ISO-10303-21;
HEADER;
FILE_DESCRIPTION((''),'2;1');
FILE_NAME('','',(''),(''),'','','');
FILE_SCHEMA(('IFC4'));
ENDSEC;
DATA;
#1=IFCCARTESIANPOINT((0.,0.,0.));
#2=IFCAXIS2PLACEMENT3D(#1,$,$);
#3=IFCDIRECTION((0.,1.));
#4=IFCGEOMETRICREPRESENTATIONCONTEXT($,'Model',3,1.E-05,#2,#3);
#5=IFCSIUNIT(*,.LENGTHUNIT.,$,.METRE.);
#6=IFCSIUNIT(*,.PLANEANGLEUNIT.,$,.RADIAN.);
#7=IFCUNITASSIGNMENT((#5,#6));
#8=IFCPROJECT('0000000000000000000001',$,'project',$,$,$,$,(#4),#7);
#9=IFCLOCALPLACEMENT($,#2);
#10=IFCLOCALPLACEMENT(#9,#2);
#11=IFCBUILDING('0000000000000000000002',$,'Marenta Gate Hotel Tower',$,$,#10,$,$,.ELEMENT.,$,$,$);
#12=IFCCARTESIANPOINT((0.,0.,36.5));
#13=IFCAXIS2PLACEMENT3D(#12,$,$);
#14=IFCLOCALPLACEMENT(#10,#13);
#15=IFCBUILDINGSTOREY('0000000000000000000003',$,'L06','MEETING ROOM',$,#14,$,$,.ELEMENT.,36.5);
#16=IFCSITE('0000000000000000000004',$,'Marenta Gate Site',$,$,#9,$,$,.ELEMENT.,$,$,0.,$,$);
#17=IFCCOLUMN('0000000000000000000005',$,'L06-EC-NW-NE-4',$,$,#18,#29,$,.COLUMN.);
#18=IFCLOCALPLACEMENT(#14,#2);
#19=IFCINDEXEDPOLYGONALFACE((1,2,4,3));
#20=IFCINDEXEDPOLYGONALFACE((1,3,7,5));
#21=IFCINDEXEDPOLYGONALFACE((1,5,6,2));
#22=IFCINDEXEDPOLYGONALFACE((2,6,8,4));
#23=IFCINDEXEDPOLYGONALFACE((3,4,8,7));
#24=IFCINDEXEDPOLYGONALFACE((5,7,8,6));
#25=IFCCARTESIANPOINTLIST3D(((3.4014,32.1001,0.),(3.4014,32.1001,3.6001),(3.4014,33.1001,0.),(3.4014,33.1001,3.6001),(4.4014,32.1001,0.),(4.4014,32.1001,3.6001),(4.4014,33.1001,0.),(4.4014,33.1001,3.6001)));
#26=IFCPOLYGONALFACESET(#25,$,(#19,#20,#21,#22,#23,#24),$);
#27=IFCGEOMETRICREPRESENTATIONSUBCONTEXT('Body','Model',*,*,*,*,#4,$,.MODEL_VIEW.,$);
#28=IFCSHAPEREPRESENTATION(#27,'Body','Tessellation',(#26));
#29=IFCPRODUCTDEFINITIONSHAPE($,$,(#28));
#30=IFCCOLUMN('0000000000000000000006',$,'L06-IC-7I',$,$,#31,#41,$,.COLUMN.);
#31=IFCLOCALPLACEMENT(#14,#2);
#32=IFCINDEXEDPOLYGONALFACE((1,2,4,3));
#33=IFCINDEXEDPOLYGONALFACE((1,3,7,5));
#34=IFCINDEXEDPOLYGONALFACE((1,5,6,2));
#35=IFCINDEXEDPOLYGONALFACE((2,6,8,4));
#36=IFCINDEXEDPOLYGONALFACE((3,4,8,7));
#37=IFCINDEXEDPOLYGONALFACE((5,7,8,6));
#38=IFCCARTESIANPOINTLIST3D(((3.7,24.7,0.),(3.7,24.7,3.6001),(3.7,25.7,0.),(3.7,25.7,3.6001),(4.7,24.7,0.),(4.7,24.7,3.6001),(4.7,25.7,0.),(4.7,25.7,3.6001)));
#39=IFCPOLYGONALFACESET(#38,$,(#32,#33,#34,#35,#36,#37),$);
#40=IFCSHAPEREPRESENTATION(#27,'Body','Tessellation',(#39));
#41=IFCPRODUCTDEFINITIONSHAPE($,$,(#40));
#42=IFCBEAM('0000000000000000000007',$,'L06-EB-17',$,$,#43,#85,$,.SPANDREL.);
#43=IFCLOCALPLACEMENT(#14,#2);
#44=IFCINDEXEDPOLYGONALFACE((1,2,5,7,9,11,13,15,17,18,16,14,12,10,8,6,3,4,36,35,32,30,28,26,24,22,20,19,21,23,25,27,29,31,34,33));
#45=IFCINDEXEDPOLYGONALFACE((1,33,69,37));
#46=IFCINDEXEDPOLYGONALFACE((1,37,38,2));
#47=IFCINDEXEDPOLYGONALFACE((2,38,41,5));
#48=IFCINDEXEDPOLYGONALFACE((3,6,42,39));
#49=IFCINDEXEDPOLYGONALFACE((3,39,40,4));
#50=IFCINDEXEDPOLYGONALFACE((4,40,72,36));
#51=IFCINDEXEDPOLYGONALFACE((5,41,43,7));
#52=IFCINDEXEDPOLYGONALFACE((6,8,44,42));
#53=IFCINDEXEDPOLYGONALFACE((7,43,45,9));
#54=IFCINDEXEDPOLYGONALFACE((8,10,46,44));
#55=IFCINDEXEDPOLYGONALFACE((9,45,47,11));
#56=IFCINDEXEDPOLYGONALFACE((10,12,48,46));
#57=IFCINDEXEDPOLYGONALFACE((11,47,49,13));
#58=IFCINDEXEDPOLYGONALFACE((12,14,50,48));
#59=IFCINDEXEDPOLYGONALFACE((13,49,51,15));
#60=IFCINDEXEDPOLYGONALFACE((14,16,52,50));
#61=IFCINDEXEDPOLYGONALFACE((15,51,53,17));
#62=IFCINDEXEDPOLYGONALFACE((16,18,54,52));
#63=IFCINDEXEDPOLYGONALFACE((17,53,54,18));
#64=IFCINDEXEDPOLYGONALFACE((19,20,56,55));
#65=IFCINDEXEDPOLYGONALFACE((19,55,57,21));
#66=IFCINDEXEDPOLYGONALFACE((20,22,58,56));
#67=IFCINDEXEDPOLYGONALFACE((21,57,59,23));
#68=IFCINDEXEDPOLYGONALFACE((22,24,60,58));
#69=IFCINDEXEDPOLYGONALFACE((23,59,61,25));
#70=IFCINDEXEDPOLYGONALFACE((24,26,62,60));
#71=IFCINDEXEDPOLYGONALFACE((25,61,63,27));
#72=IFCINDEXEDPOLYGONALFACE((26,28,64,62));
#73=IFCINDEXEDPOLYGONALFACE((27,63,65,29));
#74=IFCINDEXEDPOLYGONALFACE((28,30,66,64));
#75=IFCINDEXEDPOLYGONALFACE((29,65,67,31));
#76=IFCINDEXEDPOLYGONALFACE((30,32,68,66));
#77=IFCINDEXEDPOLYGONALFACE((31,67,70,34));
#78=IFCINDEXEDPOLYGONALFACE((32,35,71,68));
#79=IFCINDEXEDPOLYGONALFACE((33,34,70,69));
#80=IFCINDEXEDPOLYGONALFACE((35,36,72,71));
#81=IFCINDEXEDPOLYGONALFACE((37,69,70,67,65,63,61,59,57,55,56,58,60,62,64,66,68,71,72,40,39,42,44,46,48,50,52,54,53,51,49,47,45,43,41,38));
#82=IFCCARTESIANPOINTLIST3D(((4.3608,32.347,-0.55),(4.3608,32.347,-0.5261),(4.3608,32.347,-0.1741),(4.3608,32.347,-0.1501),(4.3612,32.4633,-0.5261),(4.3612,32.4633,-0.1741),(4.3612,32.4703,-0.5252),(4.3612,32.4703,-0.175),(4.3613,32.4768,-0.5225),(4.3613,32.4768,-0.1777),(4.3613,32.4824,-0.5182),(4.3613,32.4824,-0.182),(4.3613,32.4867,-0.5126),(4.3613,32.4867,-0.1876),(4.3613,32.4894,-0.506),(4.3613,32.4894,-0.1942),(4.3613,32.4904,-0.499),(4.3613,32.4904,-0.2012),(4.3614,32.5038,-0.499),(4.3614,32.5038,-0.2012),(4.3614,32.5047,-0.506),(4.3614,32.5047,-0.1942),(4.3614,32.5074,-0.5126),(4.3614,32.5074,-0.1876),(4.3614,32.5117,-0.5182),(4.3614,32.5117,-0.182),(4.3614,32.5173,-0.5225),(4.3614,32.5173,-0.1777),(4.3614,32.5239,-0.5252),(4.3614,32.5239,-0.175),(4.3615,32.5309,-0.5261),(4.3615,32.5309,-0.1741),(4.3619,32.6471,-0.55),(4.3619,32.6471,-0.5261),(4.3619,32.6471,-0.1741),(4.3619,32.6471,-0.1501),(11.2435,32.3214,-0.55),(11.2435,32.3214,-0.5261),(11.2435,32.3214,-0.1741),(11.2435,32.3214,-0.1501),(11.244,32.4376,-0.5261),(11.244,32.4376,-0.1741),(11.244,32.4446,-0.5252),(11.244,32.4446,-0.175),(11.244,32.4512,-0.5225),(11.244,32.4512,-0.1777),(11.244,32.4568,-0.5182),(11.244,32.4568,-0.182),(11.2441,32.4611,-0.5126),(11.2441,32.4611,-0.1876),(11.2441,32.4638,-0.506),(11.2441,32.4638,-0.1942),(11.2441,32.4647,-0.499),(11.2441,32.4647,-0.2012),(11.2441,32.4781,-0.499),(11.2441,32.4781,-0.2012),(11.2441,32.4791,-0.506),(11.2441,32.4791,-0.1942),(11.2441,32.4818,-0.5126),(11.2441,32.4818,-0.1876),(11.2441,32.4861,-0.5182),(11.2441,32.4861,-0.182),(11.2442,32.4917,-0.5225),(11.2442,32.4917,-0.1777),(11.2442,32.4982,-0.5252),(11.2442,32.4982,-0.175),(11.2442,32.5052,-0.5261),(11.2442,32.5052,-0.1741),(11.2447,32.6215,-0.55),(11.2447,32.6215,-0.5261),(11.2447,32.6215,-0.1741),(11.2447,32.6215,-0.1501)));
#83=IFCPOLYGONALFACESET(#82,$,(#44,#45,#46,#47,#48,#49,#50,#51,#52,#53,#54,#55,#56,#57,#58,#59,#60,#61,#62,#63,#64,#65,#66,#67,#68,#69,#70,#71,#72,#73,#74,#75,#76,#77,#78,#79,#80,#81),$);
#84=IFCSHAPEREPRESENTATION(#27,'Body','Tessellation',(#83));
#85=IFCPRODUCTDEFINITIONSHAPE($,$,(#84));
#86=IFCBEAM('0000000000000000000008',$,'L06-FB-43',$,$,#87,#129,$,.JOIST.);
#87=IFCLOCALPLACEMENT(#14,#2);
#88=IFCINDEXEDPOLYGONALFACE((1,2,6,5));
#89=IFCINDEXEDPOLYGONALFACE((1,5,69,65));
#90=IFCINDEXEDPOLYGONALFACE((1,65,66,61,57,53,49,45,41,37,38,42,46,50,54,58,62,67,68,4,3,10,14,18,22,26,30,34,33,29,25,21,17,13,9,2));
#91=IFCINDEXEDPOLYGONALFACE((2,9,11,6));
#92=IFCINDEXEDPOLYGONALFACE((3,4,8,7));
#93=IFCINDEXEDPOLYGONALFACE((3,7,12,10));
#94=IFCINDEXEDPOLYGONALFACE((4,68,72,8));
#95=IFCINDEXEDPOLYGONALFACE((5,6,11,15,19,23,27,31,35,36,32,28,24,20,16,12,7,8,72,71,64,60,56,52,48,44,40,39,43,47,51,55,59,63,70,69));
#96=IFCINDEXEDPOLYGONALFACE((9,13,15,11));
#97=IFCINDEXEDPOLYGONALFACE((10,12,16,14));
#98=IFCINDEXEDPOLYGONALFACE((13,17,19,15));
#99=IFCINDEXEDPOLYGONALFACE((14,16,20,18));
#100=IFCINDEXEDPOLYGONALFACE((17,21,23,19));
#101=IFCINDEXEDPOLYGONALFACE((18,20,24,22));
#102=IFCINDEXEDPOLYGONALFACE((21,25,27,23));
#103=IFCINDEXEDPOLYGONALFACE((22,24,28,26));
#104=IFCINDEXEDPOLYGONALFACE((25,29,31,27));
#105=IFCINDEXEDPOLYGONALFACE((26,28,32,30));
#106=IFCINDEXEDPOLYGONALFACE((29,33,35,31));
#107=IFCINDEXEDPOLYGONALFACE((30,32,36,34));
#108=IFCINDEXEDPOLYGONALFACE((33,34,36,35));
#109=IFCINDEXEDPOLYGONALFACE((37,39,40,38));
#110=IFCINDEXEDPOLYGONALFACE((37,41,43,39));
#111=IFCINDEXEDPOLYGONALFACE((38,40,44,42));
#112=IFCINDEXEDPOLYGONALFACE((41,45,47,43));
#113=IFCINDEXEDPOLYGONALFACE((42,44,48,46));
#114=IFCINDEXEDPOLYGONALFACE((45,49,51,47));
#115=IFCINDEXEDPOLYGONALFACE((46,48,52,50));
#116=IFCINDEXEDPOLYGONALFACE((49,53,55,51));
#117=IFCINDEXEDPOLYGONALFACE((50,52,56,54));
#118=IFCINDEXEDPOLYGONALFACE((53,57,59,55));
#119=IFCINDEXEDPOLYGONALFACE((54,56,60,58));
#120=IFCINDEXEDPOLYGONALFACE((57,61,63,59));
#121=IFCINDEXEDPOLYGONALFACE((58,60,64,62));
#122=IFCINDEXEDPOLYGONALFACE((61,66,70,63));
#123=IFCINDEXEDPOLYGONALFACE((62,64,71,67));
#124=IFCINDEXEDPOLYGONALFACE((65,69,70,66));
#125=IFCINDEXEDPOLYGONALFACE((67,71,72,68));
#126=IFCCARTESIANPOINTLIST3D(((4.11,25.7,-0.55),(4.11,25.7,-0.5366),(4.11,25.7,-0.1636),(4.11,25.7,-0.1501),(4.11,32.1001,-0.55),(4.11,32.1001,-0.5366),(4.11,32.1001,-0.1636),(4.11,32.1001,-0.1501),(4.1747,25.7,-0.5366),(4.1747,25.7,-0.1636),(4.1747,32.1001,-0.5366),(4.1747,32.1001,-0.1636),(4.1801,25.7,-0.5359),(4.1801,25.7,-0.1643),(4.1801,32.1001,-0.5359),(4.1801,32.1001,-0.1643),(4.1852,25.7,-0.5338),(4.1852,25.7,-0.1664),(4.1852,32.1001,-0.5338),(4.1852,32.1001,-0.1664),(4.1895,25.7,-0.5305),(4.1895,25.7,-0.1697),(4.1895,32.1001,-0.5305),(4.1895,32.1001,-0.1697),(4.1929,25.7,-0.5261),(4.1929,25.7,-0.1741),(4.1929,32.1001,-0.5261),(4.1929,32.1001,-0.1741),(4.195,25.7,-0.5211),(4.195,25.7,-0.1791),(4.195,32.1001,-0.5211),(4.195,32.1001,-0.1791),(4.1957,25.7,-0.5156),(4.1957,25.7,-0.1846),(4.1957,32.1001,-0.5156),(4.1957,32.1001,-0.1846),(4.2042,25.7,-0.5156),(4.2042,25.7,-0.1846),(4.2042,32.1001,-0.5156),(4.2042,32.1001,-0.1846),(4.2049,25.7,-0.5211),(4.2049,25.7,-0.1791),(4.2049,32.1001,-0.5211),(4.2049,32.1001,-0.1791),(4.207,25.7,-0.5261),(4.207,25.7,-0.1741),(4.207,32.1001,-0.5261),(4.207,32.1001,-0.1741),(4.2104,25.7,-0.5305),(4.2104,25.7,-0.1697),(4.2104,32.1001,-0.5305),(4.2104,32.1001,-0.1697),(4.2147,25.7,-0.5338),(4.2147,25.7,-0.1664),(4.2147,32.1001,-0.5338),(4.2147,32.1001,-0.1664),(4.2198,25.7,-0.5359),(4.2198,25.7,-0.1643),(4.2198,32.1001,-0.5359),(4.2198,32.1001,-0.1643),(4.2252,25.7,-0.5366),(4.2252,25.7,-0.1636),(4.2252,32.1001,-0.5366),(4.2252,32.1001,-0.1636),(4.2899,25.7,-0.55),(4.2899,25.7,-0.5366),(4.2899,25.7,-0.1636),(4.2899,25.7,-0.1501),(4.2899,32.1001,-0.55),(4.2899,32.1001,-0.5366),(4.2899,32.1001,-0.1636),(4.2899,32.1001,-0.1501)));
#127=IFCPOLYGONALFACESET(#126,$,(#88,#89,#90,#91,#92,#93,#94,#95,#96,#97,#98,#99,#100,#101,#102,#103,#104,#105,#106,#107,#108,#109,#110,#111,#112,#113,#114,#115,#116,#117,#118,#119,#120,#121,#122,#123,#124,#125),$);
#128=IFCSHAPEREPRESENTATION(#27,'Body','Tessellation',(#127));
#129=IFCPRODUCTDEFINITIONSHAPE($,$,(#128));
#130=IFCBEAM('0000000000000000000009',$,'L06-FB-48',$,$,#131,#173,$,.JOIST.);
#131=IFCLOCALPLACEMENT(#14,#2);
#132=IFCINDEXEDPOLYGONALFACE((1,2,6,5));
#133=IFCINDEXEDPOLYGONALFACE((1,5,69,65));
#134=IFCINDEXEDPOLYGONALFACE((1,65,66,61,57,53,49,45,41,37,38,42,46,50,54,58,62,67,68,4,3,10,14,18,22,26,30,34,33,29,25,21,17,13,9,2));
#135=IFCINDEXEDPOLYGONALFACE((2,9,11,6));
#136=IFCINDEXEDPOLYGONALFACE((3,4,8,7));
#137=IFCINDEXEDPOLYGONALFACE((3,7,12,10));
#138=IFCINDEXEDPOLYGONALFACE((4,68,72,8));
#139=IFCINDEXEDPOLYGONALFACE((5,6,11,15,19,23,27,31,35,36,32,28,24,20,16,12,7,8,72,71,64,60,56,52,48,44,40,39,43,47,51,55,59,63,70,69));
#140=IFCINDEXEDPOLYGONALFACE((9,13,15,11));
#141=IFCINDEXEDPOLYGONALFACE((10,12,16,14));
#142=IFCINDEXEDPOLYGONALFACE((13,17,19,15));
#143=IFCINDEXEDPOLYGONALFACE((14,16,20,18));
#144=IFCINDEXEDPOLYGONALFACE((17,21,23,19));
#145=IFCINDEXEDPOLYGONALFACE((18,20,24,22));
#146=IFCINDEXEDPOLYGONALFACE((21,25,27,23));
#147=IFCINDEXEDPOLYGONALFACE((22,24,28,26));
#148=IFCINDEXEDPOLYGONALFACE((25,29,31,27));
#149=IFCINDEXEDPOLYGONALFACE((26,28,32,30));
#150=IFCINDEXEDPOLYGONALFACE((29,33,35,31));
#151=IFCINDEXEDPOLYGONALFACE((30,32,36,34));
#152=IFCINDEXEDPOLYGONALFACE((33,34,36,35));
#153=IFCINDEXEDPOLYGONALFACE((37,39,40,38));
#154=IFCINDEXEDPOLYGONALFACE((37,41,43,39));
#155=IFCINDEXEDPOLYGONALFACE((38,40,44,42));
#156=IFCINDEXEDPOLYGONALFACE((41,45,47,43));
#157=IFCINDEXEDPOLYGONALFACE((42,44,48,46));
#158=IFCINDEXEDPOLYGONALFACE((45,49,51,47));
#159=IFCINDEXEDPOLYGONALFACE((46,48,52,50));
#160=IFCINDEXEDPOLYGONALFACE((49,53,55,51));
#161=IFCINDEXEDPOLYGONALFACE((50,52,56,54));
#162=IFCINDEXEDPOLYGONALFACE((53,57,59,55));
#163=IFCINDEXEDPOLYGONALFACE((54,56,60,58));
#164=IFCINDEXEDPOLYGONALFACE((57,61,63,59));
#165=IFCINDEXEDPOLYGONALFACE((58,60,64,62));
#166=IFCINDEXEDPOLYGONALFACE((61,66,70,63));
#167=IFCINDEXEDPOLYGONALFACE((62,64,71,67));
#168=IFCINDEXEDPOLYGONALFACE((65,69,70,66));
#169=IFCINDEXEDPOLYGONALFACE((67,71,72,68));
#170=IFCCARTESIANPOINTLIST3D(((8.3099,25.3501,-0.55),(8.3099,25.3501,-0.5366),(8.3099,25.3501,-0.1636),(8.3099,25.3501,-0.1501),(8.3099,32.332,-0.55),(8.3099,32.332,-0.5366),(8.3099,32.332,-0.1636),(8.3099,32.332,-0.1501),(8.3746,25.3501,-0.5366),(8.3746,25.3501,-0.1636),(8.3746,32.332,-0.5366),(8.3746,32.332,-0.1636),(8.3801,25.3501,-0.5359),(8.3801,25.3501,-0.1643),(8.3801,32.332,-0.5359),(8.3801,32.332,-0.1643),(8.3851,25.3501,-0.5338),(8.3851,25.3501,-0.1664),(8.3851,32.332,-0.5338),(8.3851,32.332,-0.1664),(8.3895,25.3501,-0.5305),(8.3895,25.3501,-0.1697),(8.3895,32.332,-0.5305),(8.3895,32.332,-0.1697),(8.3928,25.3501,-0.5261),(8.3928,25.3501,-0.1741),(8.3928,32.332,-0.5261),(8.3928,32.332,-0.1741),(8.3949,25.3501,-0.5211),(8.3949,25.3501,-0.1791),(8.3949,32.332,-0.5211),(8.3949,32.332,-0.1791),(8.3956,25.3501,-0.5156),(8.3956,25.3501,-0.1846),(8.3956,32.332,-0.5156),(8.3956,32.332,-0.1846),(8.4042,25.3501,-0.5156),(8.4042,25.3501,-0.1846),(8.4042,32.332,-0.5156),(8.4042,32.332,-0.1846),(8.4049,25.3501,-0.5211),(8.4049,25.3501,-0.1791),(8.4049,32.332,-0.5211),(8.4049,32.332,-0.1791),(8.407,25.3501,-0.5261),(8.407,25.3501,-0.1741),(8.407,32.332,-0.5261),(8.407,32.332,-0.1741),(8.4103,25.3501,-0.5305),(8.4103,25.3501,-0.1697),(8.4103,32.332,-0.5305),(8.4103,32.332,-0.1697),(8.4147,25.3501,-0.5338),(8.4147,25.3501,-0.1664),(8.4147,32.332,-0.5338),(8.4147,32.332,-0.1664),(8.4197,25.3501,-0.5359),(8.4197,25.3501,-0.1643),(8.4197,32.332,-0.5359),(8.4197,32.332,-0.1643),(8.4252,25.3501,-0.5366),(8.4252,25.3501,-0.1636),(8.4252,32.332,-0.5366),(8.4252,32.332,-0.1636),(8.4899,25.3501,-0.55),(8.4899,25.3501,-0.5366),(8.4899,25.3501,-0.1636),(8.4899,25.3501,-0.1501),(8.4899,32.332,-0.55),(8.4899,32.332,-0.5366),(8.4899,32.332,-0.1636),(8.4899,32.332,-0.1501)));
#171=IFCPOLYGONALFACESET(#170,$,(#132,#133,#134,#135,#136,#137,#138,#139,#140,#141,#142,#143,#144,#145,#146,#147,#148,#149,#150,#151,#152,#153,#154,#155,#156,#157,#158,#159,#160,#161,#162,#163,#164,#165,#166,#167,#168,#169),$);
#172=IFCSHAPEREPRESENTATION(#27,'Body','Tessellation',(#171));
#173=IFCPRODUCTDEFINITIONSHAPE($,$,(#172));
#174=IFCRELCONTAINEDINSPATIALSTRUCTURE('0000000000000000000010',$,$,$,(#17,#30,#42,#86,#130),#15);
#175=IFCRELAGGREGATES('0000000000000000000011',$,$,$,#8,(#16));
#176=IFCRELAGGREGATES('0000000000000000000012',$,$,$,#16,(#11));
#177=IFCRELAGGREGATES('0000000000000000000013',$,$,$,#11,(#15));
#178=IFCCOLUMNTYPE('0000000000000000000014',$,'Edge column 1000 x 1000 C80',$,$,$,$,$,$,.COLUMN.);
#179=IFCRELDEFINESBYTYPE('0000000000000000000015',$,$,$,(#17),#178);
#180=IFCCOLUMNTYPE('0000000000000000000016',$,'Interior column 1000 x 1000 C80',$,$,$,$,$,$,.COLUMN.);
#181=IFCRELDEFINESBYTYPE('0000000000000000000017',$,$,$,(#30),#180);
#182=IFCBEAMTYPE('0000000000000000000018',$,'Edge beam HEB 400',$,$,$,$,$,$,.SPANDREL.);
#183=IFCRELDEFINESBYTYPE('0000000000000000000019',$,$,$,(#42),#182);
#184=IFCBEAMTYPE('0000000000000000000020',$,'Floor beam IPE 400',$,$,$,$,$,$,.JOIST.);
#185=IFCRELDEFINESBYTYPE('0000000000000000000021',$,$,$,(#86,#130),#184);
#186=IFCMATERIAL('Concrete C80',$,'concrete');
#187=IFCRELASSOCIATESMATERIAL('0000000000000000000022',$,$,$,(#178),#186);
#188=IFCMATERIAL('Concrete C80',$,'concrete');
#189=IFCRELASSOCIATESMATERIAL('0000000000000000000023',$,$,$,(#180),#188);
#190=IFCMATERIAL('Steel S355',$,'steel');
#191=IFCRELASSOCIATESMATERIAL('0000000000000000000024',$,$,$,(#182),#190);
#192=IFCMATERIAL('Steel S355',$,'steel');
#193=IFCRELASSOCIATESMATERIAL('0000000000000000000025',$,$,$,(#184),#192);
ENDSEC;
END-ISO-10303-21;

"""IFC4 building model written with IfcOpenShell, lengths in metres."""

from ifc_helpers import new_model, si_unit, direction, frame, origin, origin_2d, place, context, subcontext, project, spatial, rectangle, i_section, extrude, material, material_profile, profile_set, type_object, element, save


model = new_model("IFC4")

# Units and contexts
model_context = context("Model", 3, precision=1e-05, world=origin(), true_north=direction((0.0, 1.0)))
body_context = subcontext(model_context, "Body", "Model", "MODEL_VIEW")
ifc_project = project(units=[si_unit("LENGTHUNIT", "METRE"), si_unit("PLANEANGLEUNIT", "RADIAN")], contexts=[model_context])

# Site, building, storey
site_placement = place(None, origin())
site = spatial("IfcSite", under=ifc_project, at=site_placement, Name="Marenta Gate Site", CompositionType="ELEMENT", RefElevation=0.0)
building_placement = place(site_placement, origin())
building = spatial("IfcBuilding", under=site, at=building_placement, Name="Marenta Gate Hotel Tower", CompositionType="ELEMENT")
storey_placement = place(building_placement, frame((0.0, 0.0, 36.5)))
storey = spatial("IfcBuildingStorey", under=building, at=storey_placement, Name="L06", Description="MEETING ROOM", CompositionType="ELEMENT", Elevation=36.5)

# Columns
ifc_material_1 = material(Name="Concrete C80", Category="concrete")
ifc_material_profile_1 = material_profile(ifc_material_1, rectangle(XDim=1.0, YDim=1.0, at=origin_2d()), Name="1000 x 1000")
ifc_profile_set_1 = profile_set([ifc_material_profile_1], Name="Concrete C80")
column_type_1 = type_object("IfcColumnType", Name="Edge column 1000 x 1000 C80", PredefinedType="COLUMN", material=ifc_profile_set_1)
column_1_placement = place(storey_placement, frame((3.9014, 32.6001, 0.0), z_axis=(0.0, 0.0, 1.0), x_axis=(1.0, 0.0, 0.0)))
element("IfcColumn", 1, at=column_1_placement, inside=storey, type_object=column_type_1, Name="L06-EC-NW-NE-4", PredefinedType="COLUMN", context=body_context, shape_type="SweptSolid", body=[
    extrude(rectangle(XDim=1.0, YDim=1.0, at=origin_2d()), origin(), (0.0, 0.0, 1.0), 3.6001),
])
ifc_material_2 = material(Name="Concrete C80", Category="concrete")
ifc_material_profile_2 = material_profile(ifc_material_2, rectangle(XDim=1.0, YDim=1.0, at=origin_2d()), Name="1000 x 1000")
ifc_profile_set_2 = profile_set([ifc_material_profile_2], Name="Concrete C80")
column_type_2 = type_object("IfcColumnType", Name="Interior column 1000 x 1000 C80", PredefinedType="COLUMN", material=ifc_profile_set_2)
column_2_placement = place(storey_placement, frame((4.2, 25.2, 0.0), z_axis=(0.0, 0.0, 1.0), x_axis=(1.0, 0.0, 0.0)))
element("IfcColumn", 2, at=column_2_placement, inside=storey, type_object=column_type_2, Name="L06-IC-7I", PredefinedType="COLUMN", context=body_context, shape_type="SweptSolid", body=[
    extrude(rectangle(XDim=1.0, YDim=1.0, at=origin_2d()), origin(), (0.0, 0.0, 1.0), 3.6001),
])

# Beams
ifc_material_3 = material(Name="Steel S355", Category="steel")
ifc_material_profile_3 = material_profile(ifc_material_3, i_section(OverallWidth=0.3, OverallDepth=0.3999, WebThickness=0.0134, FlangeThickness=0.0239, FilletRadius=0.0271, at=origin_2d()), Name="HEB 400")
ifc_profile_set_3 = profile_set([ifc_material_profile_3], Name="Steel S355")
beam_type_1 = type_object("IfcBeamType", Name="Edge beam HEB 400", PredefinedType="SPANDREL", material=ifc_profile_set_3)
beam_1_placement = place(storey_placement, frame((4.3613, 32.4971, -0.3501), z_axis=(0.999993, -0.003724, 0.0), x_axis=(0.003724, 0.999993, 0.0)))
element("IfcBeam", 3, at=beam_1_placement, inside=storey, type_object=beam_type_1, Name="L06-EB-17", PredefinedType="SPANDREL", context=body_context, shape_type="SweptSolid", body=[
    extrude(i_section(OverallWidth=0.3, OverallDepth=0.3999, WebThickness=0.0134, FlangeThickness=0.0239, FilletRadius=0.0271, at=origin_2d()), origin(), (0.0, 0.0, 1.0), 6.8828),
])
ifc_material_4 = material(Name="Steel S355", Category="steel")
ifc_material_profile_4 = material_profile(ifc_material_4, i_section(OverallWidth=0.1799, OverallDepth=0.3999, WebThickness=0.0085, FlangeThickness=0.0134, FilletRadius=0.021, at=origin_2d()), Name="IPE 400")
ifc_profile_set_4 = profile_set([ifc_material_profile_4], Name="Steel S355")
beam_type_2 = type_object("IfcBeamType", Name="Floor beam IPE 400", PredefinedType="JOIST", material=ifc_profile_set_4)
beam_2_placement = place(storey_placement, frame((4.2, 25.7, -0.3501), z_axis=(0.0, 1.0, 0.0), x_axis=(-1.0, 0.0, 0.0)))
element("IfcBeam", 4, at=beam_2_placement, inside=storey, type_object=beam_type_2, Name="L06-FB-43", PredefinedType="JOIST", context=body_context, shape_type="SweptSolid", body=[
    extrude(i_section(OverallWidth=0.1799, OverallDepth=0.3999, WebThickness=0.0085, FlangeThickness=0.0134, FilletRadius=0.021, at=origin_2d()), origin(), (0.0, 0.0, 1.0), 6.4001),
])
beam_3_placement = place(storey_placement, frame((8.3999, 25.3501, -0.3501), z_axis=(0.0, 1.0, 0.0), x_axis=(-1.0, 0.0, 0.0)))
element("IfcBeam", 5, at=beam_3_placement, inside=storey, type_object=beam_type_2, Name="L06-FB-48", PredefinedType="JOIST", context=body_context, shape_type="SweptSolid", body=[
    extrude(i_section(OverallWidth=0.1799, OverallDepth=0.3999, WebThickness=0.0085, FlangeThickness=0.0134, FilletRadius=0.021, at=origin_2d()), origin(), (0.0, 0.0, 1.0), 6.9819),
])

save(model, "model.ifc")
